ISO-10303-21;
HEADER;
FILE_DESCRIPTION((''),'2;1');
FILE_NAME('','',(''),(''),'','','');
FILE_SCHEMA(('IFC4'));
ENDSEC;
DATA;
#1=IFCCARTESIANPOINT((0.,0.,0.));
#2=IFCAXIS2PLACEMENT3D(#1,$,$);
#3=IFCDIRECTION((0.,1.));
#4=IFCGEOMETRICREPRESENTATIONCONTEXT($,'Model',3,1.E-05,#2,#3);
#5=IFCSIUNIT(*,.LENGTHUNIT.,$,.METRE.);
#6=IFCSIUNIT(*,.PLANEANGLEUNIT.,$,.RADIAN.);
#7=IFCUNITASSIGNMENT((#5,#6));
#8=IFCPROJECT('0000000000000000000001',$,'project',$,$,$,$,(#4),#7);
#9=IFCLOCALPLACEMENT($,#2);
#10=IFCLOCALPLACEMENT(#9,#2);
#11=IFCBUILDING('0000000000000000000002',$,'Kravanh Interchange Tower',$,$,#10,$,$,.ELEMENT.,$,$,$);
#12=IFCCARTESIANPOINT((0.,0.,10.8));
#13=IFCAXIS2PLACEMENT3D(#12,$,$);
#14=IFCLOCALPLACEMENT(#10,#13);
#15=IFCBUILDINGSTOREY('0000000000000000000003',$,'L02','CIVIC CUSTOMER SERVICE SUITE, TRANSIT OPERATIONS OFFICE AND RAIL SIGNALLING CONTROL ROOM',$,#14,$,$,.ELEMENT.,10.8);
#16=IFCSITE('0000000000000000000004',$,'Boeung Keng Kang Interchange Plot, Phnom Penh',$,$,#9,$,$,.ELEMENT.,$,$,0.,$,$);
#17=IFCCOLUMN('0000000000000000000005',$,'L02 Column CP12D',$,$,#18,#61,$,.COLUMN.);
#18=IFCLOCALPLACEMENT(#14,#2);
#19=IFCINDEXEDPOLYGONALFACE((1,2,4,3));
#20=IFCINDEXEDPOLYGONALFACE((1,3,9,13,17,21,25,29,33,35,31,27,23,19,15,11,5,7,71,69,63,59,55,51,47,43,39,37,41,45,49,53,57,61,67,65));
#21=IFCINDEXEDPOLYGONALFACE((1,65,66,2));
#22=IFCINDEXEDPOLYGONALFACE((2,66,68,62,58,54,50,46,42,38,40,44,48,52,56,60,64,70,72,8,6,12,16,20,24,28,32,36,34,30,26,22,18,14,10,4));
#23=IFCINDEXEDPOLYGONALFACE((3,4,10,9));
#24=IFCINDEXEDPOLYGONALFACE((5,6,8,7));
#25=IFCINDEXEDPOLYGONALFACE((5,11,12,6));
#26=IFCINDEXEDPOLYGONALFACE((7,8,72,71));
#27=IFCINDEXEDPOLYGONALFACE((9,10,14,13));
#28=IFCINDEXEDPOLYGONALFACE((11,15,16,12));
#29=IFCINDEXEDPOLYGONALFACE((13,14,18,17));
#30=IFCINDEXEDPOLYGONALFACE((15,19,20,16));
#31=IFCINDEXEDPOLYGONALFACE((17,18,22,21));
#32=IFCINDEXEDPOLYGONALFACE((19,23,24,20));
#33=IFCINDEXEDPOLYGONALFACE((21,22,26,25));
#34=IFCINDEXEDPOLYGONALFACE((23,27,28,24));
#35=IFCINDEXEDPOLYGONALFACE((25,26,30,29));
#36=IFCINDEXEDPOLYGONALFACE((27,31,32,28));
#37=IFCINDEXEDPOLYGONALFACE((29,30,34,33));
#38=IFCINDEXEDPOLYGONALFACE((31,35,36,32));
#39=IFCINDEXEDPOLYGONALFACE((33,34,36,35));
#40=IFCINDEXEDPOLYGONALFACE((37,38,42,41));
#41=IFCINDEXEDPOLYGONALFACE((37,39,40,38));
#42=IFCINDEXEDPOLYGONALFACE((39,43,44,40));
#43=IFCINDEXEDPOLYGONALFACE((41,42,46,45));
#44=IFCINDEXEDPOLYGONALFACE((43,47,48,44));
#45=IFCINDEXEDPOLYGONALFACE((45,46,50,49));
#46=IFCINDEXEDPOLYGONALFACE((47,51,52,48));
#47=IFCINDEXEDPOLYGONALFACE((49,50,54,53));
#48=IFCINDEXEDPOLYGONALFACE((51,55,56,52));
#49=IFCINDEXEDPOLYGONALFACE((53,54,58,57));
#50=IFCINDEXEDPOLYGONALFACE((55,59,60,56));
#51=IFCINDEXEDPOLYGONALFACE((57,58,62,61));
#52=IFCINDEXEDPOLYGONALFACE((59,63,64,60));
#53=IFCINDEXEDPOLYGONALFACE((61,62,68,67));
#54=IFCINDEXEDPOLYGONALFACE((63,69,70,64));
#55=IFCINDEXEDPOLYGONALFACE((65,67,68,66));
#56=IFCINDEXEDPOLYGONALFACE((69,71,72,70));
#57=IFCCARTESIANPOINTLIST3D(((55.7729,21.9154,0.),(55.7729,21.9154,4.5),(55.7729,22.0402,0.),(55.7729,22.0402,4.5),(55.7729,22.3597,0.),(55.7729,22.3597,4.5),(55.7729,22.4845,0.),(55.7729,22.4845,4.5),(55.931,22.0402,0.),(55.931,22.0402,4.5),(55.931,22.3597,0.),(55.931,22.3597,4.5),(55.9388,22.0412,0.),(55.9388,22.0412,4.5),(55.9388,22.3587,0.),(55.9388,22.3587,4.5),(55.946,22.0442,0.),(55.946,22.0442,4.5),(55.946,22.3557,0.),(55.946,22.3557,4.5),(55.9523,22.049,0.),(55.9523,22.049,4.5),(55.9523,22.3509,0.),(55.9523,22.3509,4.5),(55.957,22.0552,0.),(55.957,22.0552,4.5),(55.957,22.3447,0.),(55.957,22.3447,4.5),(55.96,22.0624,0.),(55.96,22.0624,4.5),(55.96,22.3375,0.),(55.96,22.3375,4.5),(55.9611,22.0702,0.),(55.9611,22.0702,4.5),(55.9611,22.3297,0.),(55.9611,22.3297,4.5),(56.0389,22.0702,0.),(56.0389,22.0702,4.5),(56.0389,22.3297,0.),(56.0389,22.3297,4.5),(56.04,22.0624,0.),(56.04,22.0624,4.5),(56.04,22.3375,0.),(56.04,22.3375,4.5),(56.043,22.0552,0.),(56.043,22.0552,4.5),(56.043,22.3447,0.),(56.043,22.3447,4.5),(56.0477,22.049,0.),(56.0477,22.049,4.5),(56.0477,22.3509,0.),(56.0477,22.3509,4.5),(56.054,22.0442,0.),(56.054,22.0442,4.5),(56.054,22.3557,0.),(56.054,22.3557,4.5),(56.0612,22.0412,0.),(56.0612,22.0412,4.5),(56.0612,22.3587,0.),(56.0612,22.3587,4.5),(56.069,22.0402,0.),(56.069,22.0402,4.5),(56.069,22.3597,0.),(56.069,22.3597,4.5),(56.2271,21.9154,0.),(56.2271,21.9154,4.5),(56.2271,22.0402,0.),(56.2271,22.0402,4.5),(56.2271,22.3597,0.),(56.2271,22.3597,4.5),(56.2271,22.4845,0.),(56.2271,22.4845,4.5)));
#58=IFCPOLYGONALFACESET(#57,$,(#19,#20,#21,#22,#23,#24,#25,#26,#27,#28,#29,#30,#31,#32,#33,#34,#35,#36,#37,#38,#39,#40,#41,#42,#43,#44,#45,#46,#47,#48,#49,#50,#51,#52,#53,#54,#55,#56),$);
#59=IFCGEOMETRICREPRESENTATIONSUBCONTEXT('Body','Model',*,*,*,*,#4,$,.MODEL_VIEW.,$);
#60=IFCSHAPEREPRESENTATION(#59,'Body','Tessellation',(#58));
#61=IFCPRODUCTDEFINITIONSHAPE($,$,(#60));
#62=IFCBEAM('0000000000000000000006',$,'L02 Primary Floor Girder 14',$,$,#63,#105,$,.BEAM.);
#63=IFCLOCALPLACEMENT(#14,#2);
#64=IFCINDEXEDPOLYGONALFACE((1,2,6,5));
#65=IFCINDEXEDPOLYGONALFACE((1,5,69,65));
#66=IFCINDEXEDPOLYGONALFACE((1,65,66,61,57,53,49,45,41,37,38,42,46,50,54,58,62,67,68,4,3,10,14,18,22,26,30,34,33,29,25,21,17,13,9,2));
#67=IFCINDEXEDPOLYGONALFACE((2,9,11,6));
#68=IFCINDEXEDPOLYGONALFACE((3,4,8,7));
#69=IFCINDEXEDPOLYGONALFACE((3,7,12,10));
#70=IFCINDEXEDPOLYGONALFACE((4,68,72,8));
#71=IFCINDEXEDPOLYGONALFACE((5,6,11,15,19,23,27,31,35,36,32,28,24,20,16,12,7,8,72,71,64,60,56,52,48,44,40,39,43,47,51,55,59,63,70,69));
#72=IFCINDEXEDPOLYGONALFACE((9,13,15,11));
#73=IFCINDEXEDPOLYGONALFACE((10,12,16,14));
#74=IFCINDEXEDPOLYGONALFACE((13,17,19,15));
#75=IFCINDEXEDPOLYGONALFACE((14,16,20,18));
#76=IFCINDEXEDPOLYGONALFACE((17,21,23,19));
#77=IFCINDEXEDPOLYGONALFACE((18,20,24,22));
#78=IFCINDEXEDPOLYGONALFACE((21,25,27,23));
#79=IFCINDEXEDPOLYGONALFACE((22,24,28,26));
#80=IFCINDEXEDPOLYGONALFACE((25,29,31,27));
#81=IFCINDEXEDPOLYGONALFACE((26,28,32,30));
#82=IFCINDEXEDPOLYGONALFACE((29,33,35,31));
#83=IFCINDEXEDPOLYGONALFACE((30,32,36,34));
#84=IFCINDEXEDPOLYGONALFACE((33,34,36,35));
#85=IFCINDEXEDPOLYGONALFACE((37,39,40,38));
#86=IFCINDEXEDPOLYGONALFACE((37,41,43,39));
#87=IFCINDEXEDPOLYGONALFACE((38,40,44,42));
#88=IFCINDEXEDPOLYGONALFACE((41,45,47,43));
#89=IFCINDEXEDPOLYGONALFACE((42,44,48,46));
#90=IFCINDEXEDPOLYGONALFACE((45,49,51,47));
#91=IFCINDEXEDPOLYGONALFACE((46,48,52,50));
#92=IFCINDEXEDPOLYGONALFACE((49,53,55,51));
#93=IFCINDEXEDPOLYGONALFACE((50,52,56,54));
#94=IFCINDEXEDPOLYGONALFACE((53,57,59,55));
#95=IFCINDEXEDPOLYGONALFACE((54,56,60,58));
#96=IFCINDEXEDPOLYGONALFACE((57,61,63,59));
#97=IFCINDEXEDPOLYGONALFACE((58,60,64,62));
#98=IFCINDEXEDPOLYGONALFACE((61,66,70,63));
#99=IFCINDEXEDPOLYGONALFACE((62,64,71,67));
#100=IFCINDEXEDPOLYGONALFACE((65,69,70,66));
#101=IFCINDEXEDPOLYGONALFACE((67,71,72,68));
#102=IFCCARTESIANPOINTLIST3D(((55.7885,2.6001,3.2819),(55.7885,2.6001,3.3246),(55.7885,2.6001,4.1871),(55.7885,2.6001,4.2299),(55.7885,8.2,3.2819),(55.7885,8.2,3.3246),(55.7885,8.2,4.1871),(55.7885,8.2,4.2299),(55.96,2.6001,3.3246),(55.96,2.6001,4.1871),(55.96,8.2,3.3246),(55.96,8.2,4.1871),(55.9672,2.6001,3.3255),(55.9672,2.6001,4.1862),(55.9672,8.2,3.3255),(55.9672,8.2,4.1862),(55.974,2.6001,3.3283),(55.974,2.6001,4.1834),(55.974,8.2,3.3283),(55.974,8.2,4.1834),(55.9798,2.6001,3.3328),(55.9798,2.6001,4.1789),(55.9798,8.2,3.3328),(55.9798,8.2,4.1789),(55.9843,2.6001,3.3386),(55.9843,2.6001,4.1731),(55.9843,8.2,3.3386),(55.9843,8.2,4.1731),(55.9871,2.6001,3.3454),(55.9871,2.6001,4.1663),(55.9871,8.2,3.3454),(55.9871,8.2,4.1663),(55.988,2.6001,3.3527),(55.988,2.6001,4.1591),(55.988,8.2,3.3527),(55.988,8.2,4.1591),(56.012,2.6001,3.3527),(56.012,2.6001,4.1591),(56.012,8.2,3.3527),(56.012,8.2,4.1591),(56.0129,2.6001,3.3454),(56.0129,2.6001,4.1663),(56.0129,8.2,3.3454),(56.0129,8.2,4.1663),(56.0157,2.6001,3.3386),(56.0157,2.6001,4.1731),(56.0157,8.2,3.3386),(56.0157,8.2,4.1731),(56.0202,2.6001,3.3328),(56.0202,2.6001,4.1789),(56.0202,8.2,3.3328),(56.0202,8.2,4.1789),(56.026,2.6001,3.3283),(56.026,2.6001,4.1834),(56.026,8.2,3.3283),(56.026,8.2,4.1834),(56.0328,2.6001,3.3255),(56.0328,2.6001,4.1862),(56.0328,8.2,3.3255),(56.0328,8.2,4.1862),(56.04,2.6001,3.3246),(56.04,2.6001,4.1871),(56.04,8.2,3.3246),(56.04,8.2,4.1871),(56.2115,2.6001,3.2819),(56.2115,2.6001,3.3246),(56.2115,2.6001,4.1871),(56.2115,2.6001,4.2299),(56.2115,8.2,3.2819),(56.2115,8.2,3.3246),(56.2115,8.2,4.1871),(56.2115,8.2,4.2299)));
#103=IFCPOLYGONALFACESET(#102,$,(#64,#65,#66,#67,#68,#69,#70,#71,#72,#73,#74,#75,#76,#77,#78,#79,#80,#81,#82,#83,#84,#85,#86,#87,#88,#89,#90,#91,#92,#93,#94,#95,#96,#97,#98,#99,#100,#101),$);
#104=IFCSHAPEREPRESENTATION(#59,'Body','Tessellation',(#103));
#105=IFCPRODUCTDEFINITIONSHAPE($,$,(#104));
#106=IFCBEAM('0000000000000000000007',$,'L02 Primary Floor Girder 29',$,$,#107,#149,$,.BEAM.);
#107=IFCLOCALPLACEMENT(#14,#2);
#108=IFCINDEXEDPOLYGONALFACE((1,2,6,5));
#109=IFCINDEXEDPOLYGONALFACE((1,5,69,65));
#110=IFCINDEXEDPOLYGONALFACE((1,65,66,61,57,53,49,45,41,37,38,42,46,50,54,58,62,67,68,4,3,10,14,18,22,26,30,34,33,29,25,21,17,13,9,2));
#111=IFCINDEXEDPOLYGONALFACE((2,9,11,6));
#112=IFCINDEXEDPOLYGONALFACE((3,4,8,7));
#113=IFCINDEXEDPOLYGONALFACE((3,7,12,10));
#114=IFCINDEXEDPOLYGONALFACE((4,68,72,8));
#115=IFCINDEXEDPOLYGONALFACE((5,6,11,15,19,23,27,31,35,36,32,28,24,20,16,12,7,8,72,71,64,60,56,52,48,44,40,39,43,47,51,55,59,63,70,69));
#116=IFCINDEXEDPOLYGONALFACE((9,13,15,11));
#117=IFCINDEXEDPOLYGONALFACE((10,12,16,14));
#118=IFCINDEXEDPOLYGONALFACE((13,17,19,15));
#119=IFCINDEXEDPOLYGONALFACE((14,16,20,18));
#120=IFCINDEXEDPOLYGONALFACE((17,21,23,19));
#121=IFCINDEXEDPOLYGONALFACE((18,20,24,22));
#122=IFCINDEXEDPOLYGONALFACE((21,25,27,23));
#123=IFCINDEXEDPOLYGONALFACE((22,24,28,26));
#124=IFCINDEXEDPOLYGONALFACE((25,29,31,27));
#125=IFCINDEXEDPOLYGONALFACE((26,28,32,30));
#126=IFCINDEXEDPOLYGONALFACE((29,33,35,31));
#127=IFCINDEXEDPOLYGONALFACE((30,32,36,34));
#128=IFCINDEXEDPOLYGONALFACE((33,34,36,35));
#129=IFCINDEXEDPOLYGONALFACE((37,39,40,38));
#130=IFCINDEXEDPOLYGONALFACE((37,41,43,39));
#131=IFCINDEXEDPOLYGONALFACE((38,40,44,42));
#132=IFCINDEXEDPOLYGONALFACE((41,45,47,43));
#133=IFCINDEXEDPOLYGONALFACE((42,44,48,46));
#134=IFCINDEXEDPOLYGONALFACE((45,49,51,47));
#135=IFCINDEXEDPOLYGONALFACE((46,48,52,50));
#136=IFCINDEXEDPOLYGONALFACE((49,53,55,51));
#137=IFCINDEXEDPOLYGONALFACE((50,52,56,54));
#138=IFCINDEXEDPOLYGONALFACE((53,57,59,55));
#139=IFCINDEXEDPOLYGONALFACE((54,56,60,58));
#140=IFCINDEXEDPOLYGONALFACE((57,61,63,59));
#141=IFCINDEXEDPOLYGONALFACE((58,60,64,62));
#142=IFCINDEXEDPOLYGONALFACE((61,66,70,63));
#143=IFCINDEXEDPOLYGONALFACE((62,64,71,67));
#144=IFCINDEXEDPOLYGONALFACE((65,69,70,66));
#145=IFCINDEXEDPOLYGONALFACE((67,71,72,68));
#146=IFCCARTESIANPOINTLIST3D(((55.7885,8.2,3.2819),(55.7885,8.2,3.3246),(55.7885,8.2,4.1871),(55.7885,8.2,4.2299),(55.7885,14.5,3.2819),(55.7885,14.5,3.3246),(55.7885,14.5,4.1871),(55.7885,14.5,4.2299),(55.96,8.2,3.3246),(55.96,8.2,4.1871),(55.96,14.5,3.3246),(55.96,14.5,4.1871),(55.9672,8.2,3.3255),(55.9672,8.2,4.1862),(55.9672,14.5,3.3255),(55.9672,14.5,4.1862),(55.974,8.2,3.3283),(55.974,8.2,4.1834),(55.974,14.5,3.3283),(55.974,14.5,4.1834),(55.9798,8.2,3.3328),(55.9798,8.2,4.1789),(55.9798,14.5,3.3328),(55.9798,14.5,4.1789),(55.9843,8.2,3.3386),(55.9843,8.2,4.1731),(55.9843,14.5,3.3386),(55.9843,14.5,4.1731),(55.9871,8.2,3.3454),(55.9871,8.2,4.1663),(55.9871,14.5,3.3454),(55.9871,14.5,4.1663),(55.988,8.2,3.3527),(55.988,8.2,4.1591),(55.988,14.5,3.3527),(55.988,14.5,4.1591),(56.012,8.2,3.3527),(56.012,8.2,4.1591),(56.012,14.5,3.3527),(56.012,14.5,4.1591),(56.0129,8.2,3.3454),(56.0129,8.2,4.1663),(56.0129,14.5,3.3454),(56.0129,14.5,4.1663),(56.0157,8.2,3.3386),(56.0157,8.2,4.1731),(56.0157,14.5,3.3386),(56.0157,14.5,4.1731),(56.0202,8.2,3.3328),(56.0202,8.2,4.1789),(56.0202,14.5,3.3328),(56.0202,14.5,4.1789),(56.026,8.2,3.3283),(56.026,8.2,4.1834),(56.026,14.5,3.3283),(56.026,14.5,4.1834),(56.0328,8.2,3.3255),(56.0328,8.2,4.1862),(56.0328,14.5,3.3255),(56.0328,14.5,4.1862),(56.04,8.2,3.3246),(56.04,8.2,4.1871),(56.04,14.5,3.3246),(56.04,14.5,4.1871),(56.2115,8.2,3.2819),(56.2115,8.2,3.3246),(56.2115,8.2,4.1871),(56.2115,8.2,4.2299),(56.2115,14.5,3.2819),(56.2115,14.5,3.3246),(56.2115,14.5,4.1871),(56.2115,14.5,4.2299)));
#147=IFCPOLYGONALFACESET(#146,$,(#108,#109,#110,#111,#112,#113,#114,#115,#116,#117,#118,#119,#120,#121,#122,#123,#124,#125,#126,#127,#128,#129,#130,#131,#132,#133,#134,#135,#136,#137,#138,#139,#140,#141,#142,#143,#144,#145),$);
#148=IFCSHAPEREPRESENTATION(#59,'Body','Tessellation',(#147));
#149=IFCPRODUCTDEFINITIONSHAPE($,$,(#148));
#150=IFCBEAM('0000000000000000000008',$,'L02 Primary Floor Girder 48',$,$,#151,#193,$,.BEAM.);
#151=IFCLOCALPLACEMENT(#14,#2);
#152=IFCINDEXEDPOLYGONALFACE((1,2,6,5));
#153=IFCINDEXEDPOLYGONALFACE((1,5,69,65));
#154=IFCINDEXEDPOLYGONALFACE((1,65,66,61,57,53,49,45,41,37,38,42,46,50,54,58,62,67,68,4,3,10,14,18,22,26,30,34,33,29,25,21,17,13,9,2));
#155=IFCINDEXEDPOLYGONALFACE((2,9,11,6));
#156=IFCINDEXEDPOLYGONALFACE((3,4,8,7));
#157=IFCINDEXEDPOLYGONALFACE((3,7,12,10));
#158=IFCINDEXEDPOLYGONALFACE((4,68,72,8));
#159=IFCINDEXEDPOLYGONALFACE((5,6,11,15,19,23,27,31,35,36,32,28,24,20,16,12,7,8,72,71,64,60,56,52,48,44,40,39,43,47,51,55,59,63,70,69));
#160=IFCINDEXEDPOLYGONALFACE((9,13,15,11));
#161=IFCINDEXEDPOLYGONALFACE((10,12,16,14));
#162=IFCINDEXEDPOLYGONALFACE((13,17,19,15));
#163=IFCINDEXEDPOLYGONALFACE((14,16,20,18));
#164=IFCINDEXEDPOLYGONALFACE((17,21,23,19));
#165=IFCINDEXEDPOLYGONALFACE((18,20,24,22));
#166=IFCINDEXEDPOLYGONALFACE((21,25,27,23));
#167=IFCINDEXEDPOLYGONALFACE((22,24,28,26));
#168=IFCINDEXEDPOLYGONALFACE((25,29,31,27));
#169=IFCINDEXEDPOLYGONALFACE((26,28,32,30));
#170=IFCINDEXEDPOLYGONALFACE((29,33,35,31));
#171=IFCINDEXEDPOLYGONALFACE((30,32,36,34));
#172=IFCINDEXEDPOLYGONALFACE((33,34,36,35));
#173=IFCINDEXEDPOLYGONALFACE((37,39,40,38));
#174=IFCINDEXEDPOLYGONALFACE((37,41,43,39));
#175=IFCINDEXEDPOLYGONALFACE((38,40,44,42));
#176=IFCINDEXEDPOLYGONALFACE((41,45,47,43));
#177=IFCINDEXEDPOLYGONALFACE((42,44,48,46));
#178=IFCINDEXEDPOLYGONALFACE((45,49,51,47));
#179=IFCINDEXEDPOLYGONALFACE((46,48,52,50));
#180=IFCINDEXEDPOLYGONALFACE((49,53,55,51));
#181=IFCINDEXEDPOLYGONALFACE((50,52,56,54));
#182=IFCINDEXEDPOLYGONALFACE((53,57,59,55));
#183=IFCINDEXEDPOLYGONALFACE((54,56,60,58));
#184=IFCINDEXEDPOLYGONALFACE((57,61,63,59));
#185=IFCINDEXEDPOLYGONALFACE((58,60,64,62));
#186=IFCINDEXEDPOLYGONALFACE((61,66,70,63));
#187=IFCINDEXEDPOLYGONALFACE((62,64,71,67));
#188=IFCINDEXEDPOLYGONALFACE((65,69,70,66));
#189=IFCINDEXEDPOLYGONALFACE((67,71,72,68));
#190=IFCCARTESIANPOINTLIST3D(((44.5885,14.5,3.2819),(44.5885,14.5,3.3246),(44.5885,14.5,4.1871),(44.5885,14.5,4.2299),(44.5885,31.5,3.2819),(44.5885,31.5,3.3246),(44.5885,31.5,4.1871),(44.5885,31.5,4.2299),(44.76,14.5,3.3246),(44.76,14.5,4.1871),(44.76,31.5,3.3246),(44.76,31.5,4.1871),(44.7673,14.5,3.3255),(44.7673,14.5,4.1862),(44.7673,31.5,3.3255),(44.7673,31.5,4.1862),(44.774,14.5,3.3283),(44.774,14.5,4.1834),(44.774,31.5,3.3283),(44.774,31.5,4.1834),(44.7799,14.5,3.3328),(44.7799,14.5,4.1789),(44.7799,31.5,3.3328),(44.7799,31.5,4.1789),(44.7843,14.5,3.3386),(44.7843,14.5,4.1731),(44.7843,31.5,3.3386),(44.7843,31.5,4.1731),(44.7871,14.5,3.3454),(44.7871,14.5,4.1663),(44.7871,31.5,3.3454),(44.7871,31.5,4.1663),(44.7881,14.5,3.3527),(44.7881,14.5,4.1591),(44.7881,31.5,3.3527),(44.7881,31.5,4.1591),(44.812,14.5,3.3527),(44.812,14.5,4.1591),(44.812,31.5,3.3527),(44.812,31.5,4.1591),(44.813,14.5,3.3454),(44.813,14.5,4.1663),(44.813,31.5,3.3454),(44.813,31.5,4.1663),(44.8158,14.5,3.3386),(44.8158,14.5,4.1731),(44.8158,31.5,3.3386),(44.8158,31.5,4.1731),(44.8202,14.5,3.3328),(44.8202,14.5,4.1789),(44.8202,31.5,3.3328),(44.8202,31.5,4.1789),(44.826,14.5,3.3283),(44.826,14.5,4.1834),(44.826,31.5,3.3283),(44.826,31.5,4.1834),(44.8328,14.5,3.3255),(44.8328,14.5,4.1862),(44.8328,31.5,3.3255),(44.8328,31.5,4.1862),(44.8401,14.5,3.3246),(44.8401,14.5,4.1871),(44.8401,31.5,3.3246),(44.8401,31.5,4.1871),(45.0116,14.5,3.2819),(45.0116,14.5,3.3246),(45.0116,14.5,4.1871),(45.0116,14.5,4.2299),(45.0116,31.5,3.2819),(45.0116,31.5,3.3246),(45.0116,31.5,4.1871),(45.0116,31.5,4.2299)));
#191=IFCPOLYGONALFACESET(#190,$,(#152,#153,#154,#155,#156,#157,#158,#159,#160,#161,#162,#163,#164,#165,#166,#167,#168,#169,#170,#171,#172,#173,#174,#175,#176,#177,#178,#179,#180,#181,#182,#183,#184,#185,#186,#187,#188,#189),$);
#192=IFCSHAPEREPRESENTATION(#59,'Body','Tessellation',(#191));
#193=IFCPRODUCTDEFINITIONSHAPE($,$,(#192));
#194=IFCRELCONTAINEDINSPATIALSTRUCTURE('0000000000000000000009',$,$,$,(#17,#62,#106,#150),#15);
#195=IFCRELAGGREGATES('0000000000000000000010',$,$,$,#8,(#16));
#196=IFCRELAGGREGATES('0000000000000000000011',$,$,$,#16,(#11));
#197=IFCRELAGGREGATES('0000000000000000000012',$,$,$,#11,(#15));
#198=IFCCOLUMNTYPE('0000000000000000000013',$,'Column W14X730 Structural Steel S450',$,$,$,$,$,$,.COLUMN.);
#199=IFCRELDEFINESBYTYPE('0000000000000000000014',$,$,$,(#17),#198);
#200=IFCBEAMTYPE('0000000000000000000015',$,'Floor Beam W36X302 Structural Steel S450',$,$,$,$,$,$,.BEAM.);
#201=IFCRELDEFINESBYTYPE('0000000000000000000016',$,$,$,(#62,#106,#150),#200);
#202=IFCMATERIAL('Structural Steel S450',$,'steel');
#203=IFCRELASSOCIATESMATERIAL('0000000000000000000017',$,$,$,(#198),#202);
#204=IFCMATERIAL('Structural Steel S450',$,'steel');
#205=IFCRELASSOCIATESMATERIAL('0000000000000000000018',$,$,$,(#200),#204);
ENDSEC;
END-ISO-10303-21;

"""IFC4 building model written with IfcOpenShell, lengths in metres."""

from ifc_helpers import new_model, si_unit, direction, frame, origin, origin_2d, place, context, subcontext, project, spatial, i_section, extrude, material, material_profile, profile_set, type_object, element, save


model = new_model("IFC4")

# Units and contexts
model_context = context("Model", 3, precision=1e-05, world=origin(), true_north=direction((0.0, 1.0)))
body_context = subcontext(model_context, "Body", "Model", "MODEL_VIEW")
ifc_project = project(units=[si_unit("LENGTHUNIT", "METRE"), si_unit("PLANEANGLEUNIT", "RADIAN")], contexts=[model_context])

# Site, building, storey
site_placement = place(None, origin())
site = spatial("IfcSite", under=ifc_project, at=site_placement, Name="Boeung Keng Kang Interchange Plot, Phnom Penh", CompositionType="ELEMENT", RefElevation=0.0)
building_placement = place(site_placement, origin())
building = spatial("IfcBuilding", under=site, at=building_placement, Name="Kravanh Interchange Tower", CompositionType="ELEMENT")
storey_placement = place(building_placement, frame((0.0, 0.0, 10.8)))
storey = spatial("IfcBuildingStorey", under=building, at=storey_placement, Name="L02", Description="CIVIC CUSTOMER SERVICE SUITE, TRANSIT OPERATIONS OFFICE AND RAIL SIGNALLING CONTROL ROOM", CompositionType="ELEMENT", Elevation=10.8)

# Column
ifc_material_1 = material(Name="Structural Steel S450", Category="steel")
ifc_material_profile_1 = material_profile(ifc_material_1, i_section(OverallWidth=0.4541, OverallDepth=0.5691, WebThickness=0.0779, FlangeThickness=0.1248, FilletRadius=0.03, at=origin_2d()), Name="W14X730")
ifc_profile_set_1 = profile_set([ifc_material_profile_1], Name="Structural Steel S450")
column_type = type_object("IfcColumnType", Name="Column W14X730 Structural Steel S450", PredefinedType="COLUMN", material=ifc_profile_set_1)
for number, where, z_axis, x_axis, name in (
    (1, (56.0, 22.2, 0.0), (0.0, 0.0, 1.0), (1.0, 0.0, 0.0), "L02 Column CP12D"),
):
    element("IfcColumn", number, at=place(storey_placement, frame(where, z_axis=z_axis, x_axis=x_axis)), inside=storey, type_object=column_type, Name=name, PredefinedType="COLUMN", context=body_context, shape_type="SweptSolid", body=[
        extrude(i_section(OverallWidth=0.4541, OverallDepth=0.5691, WebThickness=0.0779, FlangeThickness=0.1248, FilletRadius=0.03, at=origin_2d()), origin(), (0.0, 0.0, 1.0), 4.5),
    ])

# Beams
ifc_material_2 = material(Name="Structural Steel S450", Category="steel")
ifc_material_profile_2 = material_profile(ifc_material_2, i_section(OverallWidth=0.4231, OverallDepth=0.948, WebThickness=0.0239, FlangeThickness=0.0427, FilletRadius=0.0281, at=origin_2d()), Name="W36X302")
ifc_profile_set_2 = profile_set([ifc_material_profile_2], Name="Structural Steel S450")
beam_type_1 = type_object("IfcBeamType", Name="Floor Beam W36X302 Structural Steel S450", PredefinedType="BEAM", material=ifc_profile_set_2)
beam_1_placement = place(storey_placement, frame((56.0, 2.6001, 3.7559), z_axis=(0.0, 1.0, 0.0), x_axis=(-1.0, 0.0, 0.0)))
element("IfcBeam", 2, at=beam_1_placement, inside=storey, type_object=beam_type_1, Name="L02 Primary Floor Girder 14", PredefinedType="BEAM", context=body_context, shape_type="SweptSolid", body=[
    extrude(i_section(OverallWidth=0.4231, OverallDepth=0.948, WebThickness=0.0239, FlangeThickness=0.0427, FilletRadius=0.0281, at=origin_2d()), origin(), (0.0, 0.0, 1.0), 5.5999),
])
beam_2_placement = place(storey_placement, frame((56.0, 8.2, 3.7559), z_axis=(0.0, 1.0, 0.0), x_axis=(-1.0, 0.0, 0.0)))
element("IfcBeam", 3, at=beam_2_placement, inside=storey, type_object=beam_type_1, Name="L02 Primary Floor Girder 29", PredefinedType="BEAM", context=body_context, shape_type="SweptSolid", body=[
    extrude(i_section(OverallWidth=0.4231, OverallDepth=0.948, WebThickness=0.0239, FlangeThickness=0.0427, FilletRadius=0.0281, at=origin_2d()), origin(), (0.0, 0.0, 1.0), 6.3),
])
beam_3_placement = place(storey_placement, frame((44.8, 14.5, 3.7559), z_axis=(0.0, 1.0, 0.0), x_axis=(-1.0, 0.0, 0.0)))
element("IfcBeam", 4, at=beam_3_placement, inside=storey, type_object=beam_type_1, Name="L02 Primary Floor Girder 48", PredefinedType="BEAM", context=body_context, shape_type="SweptSolid", body=[
    extrude(i_section(OverallWidth=0.4231, OverallDepth=0.948, WebThickness=0.0239, FlangeThickness=0.0427, FilletRadius=0.0281, at=origin_2d()), origin(), (0.0, 0.0, 1.0), 17.0),
])

save(model, "model.ifc")
